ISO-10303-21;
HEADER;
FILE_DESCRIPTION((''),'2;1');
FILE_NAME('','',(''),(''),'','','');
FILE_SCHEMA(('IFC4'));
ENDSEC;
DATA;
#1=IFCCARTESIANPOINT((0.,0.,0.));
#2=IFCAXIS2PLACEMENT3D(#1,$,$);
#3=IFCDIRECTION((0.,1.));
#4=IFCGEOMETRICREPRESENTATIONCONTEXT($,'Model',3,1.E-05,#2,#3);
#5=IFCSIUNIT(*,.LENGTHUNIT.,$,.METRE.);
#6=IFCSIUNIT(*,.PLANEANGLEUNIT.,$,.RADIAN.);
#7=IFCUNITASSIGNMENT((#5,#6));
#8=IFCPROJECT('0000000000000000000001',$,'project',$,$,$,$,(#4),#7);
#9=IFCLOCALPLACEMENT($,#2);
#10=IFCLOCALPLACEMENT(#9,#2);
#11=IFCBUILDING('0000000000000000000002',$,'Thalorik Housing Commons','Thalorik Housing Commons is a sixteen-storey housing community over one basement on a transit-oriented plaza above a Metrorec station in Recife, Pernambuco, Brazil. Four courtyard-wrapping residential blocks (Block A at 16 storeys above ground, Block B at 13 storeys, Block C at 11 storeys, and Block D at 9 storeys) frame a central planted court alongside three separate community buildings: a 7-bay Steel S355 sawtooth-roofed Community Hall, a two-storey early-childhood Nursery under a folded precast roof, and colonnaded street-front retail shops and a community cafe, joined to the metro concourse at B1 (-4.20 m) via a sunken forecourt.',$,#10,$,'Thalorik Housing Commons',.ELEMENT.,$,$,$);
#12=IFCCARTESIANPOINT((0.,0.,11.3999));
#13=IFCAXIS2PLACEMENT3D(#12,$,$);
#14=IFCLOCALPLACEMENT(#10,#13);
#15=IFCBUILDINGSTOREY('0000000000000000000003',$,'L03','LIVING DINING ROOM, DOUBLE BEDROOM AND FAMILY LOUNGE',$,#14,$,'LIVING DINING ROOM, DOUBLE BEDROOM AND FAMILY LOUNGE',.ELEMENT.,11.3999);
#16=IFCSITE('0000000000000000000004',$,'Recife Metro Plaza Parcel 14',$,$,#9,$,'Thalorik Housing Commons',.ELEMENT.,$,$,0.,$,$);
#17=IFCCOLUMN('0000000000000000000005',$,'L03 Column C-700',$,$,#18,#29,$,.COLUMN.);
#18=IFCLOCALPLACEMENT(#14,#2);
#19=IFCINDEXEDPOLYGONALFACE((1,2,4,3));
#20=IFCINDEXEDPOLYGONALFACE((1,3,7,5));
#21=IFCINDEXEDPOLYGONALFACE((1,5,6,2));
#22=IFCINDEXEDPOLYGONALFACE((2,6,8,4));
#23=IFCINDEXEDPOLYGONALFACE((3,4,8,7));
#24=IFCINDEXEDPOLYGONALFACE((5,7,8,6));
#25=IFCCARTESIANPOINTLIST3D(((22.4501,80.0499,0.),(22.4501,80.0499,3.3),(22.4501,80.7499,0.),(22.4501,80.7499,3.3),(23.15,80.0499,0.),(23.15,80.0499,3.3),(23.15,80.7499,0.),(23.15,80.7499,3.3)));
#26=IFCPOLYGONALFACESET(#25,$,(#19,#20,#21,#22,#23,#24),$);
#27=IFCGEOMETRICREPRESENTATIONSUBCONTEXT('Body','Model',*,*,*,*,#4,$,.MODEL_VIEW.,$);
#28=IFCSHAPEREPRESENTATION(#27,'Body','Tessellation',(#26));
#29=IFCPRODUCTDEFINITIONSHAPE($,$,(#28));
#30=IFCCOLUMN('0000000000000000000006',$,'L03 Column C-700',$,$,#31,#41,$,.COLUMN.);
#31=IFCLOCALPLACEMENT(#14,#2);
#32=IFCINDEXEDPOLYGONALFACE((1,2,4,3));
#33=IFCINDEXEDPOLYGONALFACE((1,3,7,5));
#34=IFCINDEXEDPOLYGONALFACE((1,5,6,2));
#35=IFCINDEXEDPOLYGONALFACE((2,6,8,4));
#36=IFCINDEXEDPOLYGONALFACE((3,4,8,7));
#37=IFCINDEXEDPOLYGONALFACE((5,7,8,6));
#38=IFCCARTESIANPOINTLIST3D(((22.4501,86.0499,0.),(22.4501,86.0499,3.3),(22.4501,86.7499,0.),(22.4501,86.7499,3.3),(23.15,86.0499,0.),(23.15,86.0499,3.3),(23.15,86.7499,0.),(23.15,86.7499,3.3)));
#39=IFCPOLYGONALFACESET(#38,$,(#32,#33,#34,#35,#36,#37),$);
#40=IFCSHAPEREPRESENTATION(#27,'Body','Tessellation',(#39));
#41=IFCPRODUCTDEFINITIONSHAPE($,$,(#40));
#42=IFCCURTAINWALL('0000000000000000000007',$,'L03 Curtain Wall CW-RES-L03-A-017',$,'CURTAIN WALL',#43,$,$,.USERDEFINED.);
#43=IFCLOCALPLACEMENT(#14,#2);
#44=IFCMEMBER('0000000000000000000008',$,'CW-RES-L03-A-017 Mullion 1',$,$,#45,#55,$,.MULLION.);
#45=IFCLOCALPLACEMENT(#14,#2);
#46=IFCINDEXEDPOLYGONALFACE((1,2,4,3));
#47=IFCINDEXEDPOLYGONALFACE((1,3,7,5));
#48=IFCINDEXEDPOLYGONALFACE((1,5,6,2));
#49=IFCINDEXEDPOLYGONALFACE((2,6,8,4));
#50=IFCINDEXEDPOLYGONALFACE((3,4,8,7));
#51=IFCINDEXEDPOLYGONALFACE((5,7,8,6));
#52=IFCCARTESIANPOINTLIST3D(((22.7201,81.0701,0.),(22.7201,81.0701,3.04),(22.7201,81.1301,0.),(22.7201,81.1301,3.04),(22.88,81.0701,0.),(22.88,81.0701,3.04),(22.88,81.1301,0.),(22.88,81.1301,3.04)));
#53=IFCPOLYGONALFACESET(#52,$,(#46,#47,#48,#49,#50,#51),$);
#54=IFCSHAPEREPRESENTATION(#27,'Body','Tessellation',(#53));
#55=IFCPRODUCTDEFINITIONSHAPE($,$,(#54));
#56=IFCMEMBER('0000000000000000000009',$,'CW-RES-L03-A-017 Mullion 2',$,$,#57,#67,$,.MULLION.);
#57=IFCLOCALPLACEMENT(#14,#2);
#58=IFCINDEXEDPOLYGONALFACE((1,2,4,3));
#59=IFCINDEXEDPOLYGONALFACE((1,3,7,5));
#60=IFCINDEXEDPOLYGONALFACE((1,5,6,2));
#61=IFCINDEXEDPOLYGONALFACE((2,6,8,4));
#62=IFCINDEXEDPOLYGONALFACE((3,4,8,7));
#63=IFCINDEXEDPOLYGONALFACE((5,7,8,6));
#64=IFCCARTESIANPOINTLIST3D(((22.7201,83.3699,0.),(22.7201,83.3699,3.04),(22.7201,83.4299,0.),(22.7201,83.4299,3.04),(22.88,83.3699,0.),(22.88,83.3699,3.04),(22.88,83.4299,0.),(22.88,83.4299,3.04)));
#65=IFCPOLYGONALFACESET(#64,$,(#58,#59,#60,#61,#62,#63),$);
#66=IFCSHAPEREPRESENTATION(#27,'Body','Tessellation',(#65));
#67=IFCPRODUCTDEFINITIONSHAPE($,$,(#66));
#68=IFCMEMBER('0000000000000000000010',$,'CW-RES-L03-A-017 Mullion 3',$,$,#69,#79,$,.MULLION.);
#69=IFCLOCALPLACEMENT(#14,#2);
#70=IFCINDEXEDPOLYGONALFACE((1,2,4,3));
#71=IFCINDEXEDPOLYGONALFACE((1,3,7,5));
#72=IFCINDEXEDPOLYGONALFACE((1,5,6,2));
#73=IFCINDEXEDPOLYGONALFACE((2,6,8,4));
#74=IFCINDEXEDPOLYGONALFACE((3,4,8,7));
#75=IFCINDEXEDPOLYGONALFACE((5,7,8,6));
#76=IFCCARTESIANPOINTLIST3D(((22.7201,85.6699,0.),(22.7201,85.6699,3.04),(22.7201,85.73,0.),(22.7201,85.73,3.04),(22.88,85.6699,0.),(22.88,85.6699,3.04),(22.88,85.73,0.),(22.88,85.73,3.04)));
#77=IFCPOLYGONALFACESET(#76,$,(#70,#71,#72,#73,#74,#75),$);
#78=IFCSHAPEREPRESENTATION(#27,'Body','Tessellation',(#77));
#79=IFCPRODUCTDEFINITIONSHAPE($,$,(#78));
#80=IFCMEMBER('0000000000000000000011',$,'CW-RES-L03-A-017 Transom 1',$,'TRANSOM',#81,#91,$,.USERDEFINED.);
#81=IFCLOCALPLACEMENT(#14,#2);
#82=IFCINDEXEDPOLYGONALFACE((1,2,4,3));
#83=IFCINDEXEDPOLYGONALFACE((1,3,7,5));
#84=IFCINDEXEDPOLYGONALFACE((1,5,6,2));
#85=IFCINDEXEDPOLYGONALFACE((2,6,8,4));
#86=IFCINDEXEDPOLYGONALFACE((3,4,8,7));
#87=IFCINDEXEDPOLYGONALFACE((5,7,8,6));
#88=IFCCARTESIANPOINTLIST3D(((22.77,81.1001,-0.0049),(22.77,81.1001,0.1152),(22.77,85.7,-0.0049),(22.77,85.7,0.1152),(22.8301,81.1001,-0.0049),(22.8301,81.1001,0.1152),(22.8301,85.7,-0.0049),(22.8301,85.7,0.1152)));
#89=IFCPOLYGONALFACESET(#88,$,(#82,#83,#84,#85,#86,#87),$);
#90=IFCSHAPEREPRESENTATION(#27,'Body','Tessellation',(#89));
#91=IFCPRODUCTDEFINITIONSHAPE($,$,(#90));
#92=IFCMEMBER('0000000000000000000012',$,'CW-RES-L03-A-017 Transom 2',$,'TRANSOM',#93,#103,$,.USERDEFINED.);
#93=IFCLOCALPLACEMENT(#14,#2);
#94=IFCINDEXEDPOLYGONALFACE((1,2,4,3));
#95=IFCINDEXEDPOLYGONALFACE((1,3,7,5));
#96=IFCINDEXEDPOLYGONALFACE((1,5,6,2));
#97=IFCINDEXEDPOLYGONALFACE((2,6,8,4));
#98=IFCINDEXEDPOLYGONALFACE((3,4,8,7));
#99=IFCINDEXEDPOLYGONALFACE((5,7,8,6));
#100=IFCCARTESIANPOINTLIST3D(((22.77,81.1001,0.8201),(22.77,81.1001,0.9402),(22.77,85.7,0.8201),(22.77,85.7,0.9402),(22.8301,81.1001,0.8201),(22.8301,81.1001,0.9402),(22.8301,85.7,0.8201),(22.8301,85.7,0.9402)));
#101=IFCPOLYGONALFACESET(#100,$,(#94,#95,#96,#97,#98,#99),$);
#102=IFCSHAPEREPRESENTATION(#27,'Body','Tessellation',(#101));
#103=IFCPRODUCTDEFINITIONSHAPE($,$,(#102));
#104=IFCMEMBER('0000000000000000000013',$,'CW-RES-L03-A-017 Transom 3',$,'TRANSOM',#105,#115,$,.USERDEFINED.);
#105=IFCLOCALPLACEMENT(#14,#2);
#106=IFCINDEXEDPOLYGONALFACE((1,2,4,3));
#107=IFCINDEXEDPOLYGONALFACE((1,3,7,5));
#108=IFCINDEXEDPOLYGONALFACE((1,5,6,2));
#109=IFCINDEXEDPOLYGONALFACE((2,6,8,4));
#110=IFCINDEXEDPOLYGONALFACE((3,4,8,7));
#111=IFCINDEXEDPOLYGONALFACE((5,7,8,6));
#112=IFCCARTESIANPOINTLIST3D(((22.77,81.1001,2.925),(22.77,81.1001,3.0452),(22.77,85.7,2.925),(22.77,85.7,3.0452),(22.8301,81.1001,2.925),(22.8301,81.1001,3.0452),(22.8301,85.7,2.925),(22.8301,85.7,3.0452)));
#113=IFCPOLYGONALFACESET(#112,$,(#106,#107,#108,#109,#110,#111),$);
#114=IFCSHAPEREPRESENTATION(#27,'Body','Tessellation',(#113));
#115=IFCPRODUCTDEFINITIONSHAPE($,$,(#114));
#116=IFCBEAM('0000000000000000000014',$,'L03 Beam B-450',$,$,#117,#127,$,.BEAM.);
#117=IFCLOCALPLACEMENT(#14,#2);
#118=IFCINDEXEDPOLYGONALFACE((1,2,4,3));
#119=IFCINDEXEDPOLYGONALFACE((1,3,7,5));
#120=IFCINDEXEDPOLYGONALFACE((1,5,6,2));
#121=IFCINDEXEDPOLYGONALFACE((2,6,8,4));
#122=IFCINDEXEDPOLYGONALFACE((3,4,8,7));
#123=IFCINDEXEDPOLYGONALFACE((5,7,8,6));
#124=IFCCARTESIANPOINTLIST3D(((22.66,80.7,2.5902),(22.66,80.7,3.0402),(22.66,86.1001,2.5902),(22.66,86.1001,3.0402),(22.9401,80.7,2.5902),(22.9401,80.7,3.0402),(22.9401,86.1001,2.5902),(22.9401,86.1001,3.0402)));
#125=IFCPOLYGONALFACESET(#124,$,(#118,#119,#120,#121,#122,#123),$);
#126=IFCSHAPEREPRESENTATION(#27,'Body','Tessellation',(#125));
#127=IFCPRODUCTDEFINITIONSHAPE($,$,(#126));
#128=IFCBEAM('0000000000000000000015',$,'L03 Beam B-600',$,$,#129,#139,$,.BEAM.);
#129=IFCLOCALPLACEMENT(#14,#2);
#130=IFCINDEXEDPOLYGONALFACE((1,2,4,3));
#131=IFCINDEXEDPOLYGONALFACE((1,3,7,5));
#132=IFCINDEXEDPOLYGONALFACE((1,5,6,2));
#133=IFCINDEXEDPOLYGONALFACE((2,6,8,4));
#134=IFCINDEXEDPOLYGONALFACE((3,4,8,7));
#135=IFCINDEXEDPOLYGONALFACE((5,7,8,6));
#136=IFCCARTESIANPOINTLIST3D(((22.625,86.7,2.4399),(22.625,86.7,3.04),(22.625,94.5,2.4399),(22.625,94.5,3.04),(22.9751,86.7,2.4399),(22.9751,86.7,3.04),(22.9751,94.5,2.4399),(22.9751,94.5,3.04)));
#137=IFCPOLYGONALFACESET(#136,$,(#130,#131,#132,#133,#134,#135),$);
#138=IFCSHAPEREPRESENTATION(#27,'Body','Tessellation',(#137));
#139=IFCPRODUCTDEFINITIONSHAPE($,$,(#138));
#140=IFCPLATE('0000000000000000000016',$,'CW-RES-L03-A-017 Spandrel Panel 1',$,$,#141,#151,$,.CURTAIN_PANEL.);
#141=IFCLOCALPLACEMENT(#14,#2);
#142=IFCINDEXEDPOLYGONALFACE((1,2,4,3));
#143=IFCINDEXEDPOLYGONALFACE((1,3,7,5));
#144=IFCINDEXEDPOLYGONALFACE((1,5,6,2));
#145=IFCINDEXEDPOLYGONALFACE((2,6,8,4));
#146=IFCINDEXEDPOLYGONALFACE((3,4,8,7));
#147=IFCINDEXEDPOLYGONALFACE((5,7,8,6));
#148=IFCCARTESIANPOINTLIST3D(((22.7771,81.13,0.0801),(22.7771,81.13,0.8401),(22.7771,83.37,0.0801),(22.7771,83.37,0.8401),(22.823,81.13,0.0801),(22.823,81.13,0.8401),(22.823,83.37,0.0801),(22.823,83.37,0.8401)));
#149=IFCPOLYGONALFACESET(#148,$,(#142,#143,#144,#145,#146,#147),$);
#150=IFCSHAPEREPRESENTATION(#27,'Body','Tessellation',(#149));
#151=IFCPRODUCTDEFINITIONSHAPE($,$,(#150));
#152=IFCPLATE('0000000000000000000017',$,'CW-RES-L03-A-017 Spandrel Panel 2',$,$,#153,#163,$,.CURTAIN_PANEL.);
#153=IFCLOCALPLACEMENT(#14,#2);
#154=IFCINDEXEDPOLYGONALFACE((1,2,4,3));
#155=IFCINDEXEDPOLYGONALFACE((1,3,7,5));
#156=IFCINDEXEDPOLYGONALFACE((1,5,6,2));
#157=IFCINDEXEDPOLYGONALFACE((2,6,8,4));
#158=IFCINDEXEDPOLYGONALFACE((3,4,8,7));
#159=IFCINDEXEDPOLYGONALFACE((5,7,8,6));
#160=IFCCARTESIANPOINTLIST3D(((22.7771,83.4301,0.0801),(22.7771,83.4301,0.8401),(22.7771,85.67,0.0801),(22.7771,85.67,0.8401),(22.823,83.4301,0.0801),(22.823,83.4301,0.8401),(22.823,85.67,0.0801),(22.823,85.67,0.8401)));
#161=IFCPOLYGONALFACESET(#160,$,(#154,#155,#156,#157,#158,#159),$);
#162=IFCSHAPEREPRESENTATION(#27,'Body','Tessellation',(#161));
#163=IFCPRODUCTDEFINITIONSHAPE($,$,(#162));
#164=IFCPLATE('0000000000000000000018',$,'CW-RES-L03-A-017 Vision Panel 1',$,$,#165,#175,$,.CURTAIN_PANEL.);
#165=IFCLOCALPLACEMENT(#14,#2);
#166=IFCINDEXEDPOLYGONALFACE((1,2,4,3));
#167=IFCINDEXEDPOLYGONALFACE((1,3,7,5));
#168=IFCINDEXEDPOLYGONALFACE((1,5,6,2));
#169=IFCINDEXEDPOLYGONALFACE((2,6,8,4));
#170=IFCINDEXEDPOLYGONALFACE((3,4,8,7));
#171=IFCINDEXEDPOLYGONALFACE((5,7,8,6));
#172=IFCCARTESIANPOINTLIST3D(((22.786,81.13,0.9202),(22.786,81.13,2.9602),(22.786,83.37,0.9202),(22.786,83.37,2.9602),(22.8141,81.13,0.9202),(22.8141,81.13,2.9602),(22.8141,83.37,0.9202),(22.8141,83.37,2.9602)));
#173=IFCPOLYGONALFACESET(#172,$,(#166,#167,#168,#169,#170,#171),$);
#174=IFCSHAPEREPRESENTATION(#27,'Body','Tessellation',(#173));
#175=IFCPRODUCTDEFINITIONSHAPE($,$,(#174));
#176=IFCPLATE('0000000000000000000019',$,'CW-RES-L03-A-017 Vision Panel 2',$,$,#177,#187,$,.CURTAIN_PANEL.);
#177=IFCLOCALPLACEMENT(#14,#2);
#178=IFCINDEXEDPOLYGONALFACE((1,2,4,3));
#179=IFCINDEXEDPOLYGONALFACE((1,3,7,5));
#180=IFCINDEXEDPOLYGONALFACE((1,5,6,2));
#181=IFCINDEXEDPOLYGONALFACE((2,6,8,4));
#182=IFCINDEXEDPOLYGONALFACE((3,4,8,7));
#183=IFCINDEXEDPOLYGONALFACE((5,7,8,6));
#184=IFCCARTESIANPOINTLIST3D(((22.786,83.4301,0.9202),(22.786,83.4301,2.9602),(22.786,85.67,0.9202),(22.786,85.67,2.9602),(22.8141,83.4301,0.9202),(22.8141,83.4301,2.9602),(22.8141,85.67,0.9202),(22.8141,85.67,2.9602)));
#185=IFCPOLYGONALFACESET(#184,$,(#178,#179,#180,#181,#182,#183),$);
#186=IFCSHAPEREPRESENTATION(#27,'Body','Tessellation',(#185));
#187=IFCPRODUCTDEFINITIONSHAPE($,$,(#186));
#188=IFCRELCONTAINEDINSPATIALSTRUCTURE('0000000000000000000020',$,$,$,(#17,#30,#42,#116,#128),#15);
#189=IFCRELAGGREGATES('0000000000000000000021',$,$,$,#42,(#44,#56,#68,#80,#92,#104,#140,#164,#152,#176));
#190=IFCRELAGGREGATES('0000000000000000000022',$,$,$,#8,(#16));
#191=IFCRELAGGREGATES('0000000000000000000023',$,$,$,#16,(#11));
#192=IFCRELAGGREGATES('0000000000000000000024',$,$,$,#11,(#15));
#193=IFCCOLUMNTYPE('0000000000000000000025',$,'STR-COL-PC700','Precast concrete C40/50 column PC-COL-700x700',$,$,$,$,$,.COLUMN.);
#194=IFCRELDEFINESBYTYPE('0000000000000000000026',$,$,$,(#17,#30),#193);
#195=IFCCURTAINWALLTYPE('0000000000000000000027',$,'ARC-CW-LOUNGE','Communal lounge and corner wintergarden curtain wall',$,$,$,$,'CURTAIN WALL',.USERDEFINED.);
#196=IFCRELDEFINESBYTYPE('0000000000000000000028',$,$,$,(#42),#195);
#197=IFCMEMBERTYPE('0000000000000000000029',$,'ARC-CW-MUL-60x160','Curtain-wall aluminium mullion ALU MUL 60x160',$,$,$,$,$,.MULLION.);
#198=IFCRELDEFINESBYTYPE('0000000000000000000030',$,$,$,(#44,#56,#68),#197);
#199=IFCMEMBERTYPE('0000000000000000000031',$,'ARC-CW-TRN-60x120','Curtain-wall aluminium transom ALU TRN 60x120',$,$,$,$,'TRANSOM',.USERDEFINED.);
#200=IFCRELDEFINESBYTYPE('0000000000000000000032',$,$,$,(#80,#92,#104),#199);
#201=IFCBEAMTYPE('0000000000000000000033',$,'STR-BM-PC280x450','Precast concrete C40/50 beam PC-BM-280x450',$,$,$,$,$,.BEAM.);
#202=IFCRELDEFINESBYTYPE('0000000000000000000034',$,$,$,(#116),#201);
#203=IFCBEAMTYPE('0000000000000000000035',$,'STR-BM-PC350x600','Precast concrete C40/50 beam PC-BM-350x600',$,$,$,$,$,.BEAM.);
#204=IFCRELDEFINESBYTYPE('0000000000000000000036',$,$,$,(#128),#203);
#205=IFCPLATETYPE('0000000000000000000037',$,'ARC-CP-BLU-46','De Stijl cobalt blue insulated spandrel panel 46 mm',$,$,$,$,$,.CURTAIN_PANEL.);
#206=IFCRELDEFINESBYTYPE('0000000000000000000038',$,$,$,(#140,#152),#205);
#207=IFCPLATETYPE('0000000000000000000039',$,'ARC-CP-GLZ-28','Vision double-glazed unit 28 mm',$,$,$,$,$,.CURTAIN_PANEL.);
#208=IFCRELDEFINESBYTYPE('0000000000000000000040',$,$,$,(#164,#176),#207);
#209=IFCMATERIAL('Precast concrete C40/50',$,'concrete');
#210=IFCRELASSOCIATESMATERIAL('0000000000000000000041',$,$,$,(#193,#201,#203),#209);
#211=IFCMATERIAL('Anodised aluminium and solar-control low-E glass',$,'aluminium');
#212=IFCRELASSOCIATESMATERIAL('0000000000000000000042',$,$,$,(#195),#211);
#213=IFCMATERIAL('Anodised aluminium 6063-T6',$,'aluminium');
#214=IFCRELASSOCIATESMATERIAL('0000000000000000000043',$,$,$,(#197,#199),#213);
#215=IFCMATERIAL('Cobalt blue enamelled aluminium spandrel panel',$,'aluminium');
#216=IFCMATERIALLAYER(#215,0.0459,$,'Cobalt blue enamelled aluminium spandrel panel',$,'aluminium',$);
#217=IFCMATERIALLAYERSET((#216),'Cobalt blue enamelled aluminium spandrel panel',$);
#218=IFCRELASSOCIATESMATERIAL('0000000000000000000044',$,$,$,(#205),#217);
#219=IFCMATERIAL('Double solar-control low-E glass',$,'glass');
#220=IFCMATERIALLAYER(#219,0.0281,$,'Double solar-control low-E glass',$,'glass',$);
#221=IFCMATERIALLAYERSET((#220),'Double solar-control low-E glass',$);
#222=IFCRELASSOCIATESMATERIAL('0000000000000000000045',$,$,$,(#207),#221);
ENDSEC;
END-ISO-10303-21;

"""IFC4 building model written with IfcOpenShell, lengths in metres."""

from ifc_helpers import new_model, si_unit, direction, frame, origin, origin_2d, place, context, subcontext, project, spatial, rectangle, extrude, material, layer, layer_set, material_profile, profile_set, type_object, element, aggregate, save


model = new_model("IFC4")

# Units and contexts
model_context = context("Model", 3, precision=1e-05, world=origin(), true_north=direction((0.0, 1.0)))
body_context = subcontext(model_context, "Body", "Model", "MODEL_VIEW")
ifc_project = project(units=[si_unit("LENGTHUNIT", "METRE"), si_unit("PLANEANGLEUNIT", "RADIAN")], contexts=[model_context])

# Site, building, storey
site_placement = place(None, origin())
site = spatial("IfcSite", under=ifc_project, at=site_placement, Name="Recife Metro Plaza Parcel 14", LongName="Thalorik Housing Commons", CompositionType="ELEMENT", RefElevation=0.0)
building_placement = place(site_placement, origin())
building = spatial("IfcBuilding", under=site, at=building_placement, Name="Thalorik Housing Commons", Description="Thalorik Housing Commons is a sixteen-storey housing community over one basement on a transit-oriented plaza above a Metrorec station in Recife, Pernambuco, Brazil. Four courtyard-wrapping residential blocks (Block A at 16 storeys above ground, Block B at 13 storeys, Block C at 11 storeys, and Block D at 9 storeys) frame a central planted court alongside three separate community buildings: a 7-bay Steel S355 sawtooth-roofed Community Hall, a two-storey early-childhood Nursery under a folded precast roof, and colonnaded street-front retail shops and a community cafe, joined to the metro concourse at B1 (-4.20 m) via a sunken forecourt.", LongName="Thalorik Housing Commons", CompositionType="ELEMENT")
storey_placement = place(building_placement, frame((0.0, 0.0, 11.3999)))
storey = spatial("IfcBuildingStorey", under=building, at=storey_placement, Name="L03", Description="LIVING DINING ROOM, DOUBLE BEDROOM AND FAMILY LOUNGE", LongName="LIVING DINING ROOM, DOUBLE BEDROOM AND FAMILY LOUNGE", CompositionType="ELEMENT", Elevation=11.3999)

# Columns
ifc_material_1 = material(Name="Precast concrete C40/50", Category="concrete")
ifc_material_profile_1 = material_profile(ifc_material_1, rectangle(XDim=0.7, YDim=0.7, at=origin_2d()), Name="PC 700x700", Category="concrete")
ifc_profile_set_1 = profile_set([ifc_material_profile_1], Name="Precast concrete C40/50")
column_type = type_object("IfcColumnType", Name="STR-COL-PC700", Description="Precast concrete C40/50 column PC-COL-700x700", PredefinedType="COLUMN", material=ifc_profile_set_1)
for number, where, z_axis, x_axis, name in (
    (1, (22.8, 80.3999, 0.0), (0.0, 0.0, 1.0), (1.0, 0.0, 0.0), "L03 Column C-700"),
    (2, (22.8, 86.3999, 0.0), (0.0, 0.0, 1.0), (1.0, 0.0, 0.0), "L03 Column C-700"),
):
    element("IfcColumn", number, at=place(storey_placement, frame(where, z_axis=z_axis, x_axis=x_axis)), inside=storey, type_object=column_type, Name=name, PredefinedType="COLUMN", context=body_context, shape_type="SweptSolid", body=[
        extrude(rectangle(XDim=0.7, YDim=0.7, at=origin_2d()), origin(), (0.0, 0.0, 1.0), 3.3),
    ])

# Curtain wall, members
ifc_material_2 = material(Name="Anodised aluminium and solar-control low-E glass", Category="aluminium")
curtain_wall_type = type_object("IfcCurtainWallType", Name="ARC-CW-LOUNGE", Description="Communal lounge and corner wintergarden curtain wall", ElementType="CURTAIN WALL", PredefinedType="USERDEFINED", material=ifc_material_2)
curtain_wall_placement = place(storey_placement, origin())
curtain_wall = element("IfcCurtainWall", 3, at=curtain_wall_placement, inside=storey, type_object=curtain_wall_type, Name="L03 Curtain Wall CW-RES-L03-A-017", ObjectType="CURTAIN WALL", PredefinedType="USERDEFINED")
ifc_material_3 = material(Name="Anodised aluminium 6063-T6", Category="aluminium")
ifc_material_profile_2 = material_profile(ifc_material_3, rectangle(XDim=0.0601, YDim=0.1599, at=origin_2d()), Name="ALU MUL 60x160", Category="aluminium")
ifc_profile_set_2 = profile_set([ifc_material_profile_2], Name="Anodised aluminium 6063-T6")
member_type_1 = type_object("IfcMemberType", Name="ARC-CW-MUL-60x160", Description="Curtain-wall aluminium mullion ALU MUL 60x160", PredefinedType="MULLION", material=ifc_profile_set_2)
member_1_placement = place(storey_placement, frame((22.8, 81.1001, 0.0), z_axis=(0.0, 0.0, 1.0), x_axis=(0.0, 1.0, 0.0)))
member_1 = element("IfcMember", 4, at=member_1_placement, type_object=member_type_1, Name="CW-RES-L03-A-017 Mullion 1", PredefinedType="MULLION", context=body_context, shape_type="SweptSolid", body=[
    extrude(rectangle(XDim=0.0601, YDim=0.1599, at=origin_2d()), origin(), (0.0, 0.0, 1.0), 3.04),
])
member_2_placement = place(storey_placement, frame((22.8, 83.3999, 0.0), z_axis=(0.0, 0.0, 1.0), x_axis=(0.0, 1.0, 0.0)))
member_2 = element("IfcMember", 5, at=member_2_placement, type_object=member_type_1, Name="CW-RES-L03-A-017 Mullion 2", PredefinedType="MULLION", context=body_context, shape_type="SweptSolid", body=[
    extrude(rectangle(XDim=0.0601, YDim=0.1599, at=origin_2d()), origin(), (0.0, 0.0, 1.0), 3.04),
])
member_3_placement = place(storey_placement, frame((22.8, 85.7, 0.0), z_axis=(0.0, 0.0, 1.0), x_axis=(0.0, 1.0, 0.0)))
member_3 = element("IfcMember", 6, at=member_3_placement, type_object=member_type_1, Name="CW-RES-L03-A-017 Mullion 3", PredefinedType="MULLION", context=body_context, shape_type="SweptSolid", body=[
    extrude(rectangle(XDim=0.0601, YDim=0.1599, at=origin_2d()), origin(), (0.0, 0.0, 1.0), 3.04),
])
ifc_material_profile_3 = material_profile(ifc_material_3, rectangle(XDim=0.0601, YDim=0.1201, at=origin_2d()), Name="ALU TRN 60x120", Category="aluminium")
ifc_profile_set_3 = profile_set([ifc_material_profile_3], Name="Anodised aluminium 6063-T6")
member_type_2 = type_object("IfcMemberType", Name="ARC-CW-TRN-60x120", Description="Curtain-wall aluminium transom ALU TRN 60x120", ElementType="TRANSOM", PredefinedType="USERDEFINED", material=ifc_profile_set_3)
member_4_placement = place(storey_placement, frame((22.8, 81.1001, 0.0552), z_axis=(0.0, 1.0, 0.0), x_axis=(-1.0, 0.0, 0.0)))
member_4 = element("IfcMember", 7, at=member_4_placement, type_object=member_type_2, Name="CW-RES-L03-A-017 Transom 1", ObjectType="TRANSOM", PredefinedType="USERDEFINED", context=body_context, shape_type="SweptSolid", body=[
    extrude(rectangle(XDim=0.0601, YDim=0.1201, at=origin_2d()), origin(), (0.0, 0.0, 1.0), 4.5999),
])
member_5_placement = place(storey_placement, frame((22.8, 81.1001, 0.8801), z_axis=(0.0, 1.0, 0.0), x_axis=(-1.0, 0.0, 0.0)))
member_5 = element("IfcMember", 8, at=member_5_placement, type_object=member_type_2, Name="CW-RES-L03-A-017 Transom 2", ObjectType="TRANSOM", PredefinedType="USERDEFINED", context=body_context, shape_type="SweptSolid", body=[
    extrude(rectangle(XDim=0.0601, YDim=0.1201, at=origin_2d()), origin(), (0.0, 0.0, 1.0), 4.5999),
])
member_6_placement = place(storey_placement, frame((22.8, 81.1001, 2.9851), z_axis=(0.0, 1.0, 0.0), x_axis=(-1.0, 0.0, 0.0)))
member_6 = element("IfcMember", 9, at=member_6_placement, type_object=member_type_2, Name="CW-RES-L03-A-017 Transom 3", ObjectType="TRANSOM", PredefinedType="USERDEFINED", context=body_context, shape_type="SweptSolid", body=[
    extrude(rectangle(XDim=0.0601, YDim=0.1201, at=origin_2d()), origin(), (0.0, 0.0, 1.0), 4.5999),
])

# Beams
ifc_material_profile_4 = material_profile(ifc_material_1, rectangle(XDim=0.28, YDim=0.45, at=origin_2d()), Name="PC 280x450", Category="concrete")
ifc_profile_set_4 = profile_set([ifc_material_profile_4], Name="Precast concrete C40/50")
beam_type_1 = type_object("IfcBeamType", Name="STR-BM-PC280x450", Description="Precast concrete C40/50 beam PC-BM-280x450", PredefinedType="BEAM", material=ifc_profile_set_4)
beam_1_placement = place(storey_placement, frame((22.8, 80.7, 2.8152), z_axis=(0.0, 1.0, 0.0), x_axis=(-1.0, 0.0, 0.0)))
element("IfcBeam", 10, at=beam_1_placement, inside=storey, type_object=beam_type_1, Name="L03 Beam B-450", PredefinedType="BEAM", context=body_context, shape_type="SweptSolid", body=[
    extrude(rectangle(XDim=0.28, YDim=0.45, at=origin_2d()), origin(), (0.0, 0.0, 1.0), 5.4001),
])
ifc_material_profile_5 = material_profile(ifc_material_1, rectangle(XDim=0.3501, YDim=0.6001, at=origin_2d()), Name="PC 350x600", Category="concrete")
ifc_profile_set_5 = profile_set([ifc_material_profile_5], Name="Precast concrete C40/50")
beam_type_2 = type_object("IfcBeamType", Name="STR-BM-PC350x600", Description="Precast concrete C40/50 beam PC-BM-350x600", PredefinedType="BEAM", material=ifc_profile_set_5)
beam_2_placement = place(storey_placement, frame((22.8, 86.7, 2.74), z_axis=(0.0, 1.0, 0.0), x_axis=(-1.0, 0.0, 0.0)))
element("IfcBeam", 11, at=beam_2_placement, inside=storey, type_object=beam_type_2, Name="L03 Beam B-600", PredefinedType="BEAM", context=body_context, shape_type="SweptSolid", body=[
    extrude(rectangle(XDim=0.3501, YDim=0.6001, at=origin_2d()), origin(), (0.0, 0.0, 1.0), 7.8),
])

# Plates
ifc_material_4 = material(Name="Cobalt blue enamelled aluminium spandrel panel", Category="aluminium")
ifc_layer_1 = layer(ifc_material_4, 0.0459, Name="Cobalt blue enamelled aluminium spandrel panel", Category="aluminium")
ifc_layer_set_1 = layer_set([ifc_layer_1], Name="Cobalt blue enamelled aluminium spandrel panel")
plate_type_1 = type_object("IfcPlateType", Name="ARC-CP-BLU-46", Description="De Stijl cobalt blue insulated spandrel panel 46 mm", PredefinedType="CURTAIN_PANEL", material=ifc_layer_set_1)
plate_1_placement = place(storey_placement, frame((22.8, 82.25, 0.0801), z_axis=(0.0, 0.0, 1.0), x_axis=(0.0, 1.0, 0.0)))
plate_1 = element("IfcPlate", 12, at=plate_1_placement, type_object=plate_type_1, Name="CW-RES-L03-A-017 Spandrel Panel 1", PredefinedType="CURTAIN_PANEL", context=body_context, shape_type="SweptSolid", body=[
    extrude(rectangle(XDim=2.24, YDim=0.0459, at=origin_2d()), origin(), (0.0, 0.0, 1.0), 0.76),
])
plate_2_placement = place(storey_placement, frame((22.8, 84.55, 0.0801), z_axis=(0.0, 0.0, 1.0), x_axis=(0.0, 1.0, 0.0)))
plate_2 = element("IfcPlate", 13, at=plate_2_placement, type_object=plate_type_1, Name="CW-RES-L03-A-017 Spandrel Panel 2", PredefinedType="CURTAIN_PANEL", context=body_context, shape_type="SweptSolid", body=[
    extrude(rectangle(XDim=2.24, YDim=0.0459, at=origin_2d()), origin(), (0.0, 0.0, 1.0), 0.76),
])
ifc_material_5 = material(Name="Double solar-control low-E glass", Category="glass")
ifc_layer_2 = layer(ifc_material_5, 0.0281, Name="Double solar-control low-E glass", Category="glass")
ifc_layer_set_2 = layer_set([ifc_layer_2], Name="Double solar-control low-E glass")
plate_type_2 = type_object("IfcPlateType", Name="ARC-CP-GLZ-28", Description="Vision double-glazed unit 28 mm", PredefinedType="CURTAIN_PANEL", material=ifc_layer_set_2)
plate_3_placement = place(storey_placement, frame((22.8, 82.25, 0.9202), z_axis=(0.0, 0.0, 1.0), x_axis=(0.0, 1.0, 0.0)))
plate_3 = element("IfcPlate", 14, at=plate_3_placement, type_object=plate_type_2, Name="CW-RES-L03-A-017 Vision Panel 1", PredefinedType="CURTAIN_PANEL", context=body_context, shape_type="SweptSolid", body=[
    extrude(rectangle(XDim=2.24, YDim=0.0281, at=origin_2d()), origin(), (0.0, 0.0, 1.0), 2.04),
])
plate_4_placement = place(storey_placement, frame((22.8, 84.55, 0.9202), z_axis=(0.0, 0.0, 1.0), x_axis=(0.0, 1.0, 0.0)))
plate_4 = element("IfcPlate", 15, at=plate_4_placement, type_object=plate_type_2, Name="CW-RES-L03-A-017 Vision Panel 2", PredefinedType="CURTAIN_PANEL", context=body_context, shape_type="SweptSolid", body=[
    extrude(rectangle(XDim=2.24, YDim=0.0281, at=origin_2d()), origin(), (0.0, 0.0, 1.0), 2.04),
])
aggregate(curtain_wall, [member_1, member_2, member_3, member_4, member_5, member_6, plate_1, plate_3, plate_2, plate_4])

save(model, "model.ifc")
